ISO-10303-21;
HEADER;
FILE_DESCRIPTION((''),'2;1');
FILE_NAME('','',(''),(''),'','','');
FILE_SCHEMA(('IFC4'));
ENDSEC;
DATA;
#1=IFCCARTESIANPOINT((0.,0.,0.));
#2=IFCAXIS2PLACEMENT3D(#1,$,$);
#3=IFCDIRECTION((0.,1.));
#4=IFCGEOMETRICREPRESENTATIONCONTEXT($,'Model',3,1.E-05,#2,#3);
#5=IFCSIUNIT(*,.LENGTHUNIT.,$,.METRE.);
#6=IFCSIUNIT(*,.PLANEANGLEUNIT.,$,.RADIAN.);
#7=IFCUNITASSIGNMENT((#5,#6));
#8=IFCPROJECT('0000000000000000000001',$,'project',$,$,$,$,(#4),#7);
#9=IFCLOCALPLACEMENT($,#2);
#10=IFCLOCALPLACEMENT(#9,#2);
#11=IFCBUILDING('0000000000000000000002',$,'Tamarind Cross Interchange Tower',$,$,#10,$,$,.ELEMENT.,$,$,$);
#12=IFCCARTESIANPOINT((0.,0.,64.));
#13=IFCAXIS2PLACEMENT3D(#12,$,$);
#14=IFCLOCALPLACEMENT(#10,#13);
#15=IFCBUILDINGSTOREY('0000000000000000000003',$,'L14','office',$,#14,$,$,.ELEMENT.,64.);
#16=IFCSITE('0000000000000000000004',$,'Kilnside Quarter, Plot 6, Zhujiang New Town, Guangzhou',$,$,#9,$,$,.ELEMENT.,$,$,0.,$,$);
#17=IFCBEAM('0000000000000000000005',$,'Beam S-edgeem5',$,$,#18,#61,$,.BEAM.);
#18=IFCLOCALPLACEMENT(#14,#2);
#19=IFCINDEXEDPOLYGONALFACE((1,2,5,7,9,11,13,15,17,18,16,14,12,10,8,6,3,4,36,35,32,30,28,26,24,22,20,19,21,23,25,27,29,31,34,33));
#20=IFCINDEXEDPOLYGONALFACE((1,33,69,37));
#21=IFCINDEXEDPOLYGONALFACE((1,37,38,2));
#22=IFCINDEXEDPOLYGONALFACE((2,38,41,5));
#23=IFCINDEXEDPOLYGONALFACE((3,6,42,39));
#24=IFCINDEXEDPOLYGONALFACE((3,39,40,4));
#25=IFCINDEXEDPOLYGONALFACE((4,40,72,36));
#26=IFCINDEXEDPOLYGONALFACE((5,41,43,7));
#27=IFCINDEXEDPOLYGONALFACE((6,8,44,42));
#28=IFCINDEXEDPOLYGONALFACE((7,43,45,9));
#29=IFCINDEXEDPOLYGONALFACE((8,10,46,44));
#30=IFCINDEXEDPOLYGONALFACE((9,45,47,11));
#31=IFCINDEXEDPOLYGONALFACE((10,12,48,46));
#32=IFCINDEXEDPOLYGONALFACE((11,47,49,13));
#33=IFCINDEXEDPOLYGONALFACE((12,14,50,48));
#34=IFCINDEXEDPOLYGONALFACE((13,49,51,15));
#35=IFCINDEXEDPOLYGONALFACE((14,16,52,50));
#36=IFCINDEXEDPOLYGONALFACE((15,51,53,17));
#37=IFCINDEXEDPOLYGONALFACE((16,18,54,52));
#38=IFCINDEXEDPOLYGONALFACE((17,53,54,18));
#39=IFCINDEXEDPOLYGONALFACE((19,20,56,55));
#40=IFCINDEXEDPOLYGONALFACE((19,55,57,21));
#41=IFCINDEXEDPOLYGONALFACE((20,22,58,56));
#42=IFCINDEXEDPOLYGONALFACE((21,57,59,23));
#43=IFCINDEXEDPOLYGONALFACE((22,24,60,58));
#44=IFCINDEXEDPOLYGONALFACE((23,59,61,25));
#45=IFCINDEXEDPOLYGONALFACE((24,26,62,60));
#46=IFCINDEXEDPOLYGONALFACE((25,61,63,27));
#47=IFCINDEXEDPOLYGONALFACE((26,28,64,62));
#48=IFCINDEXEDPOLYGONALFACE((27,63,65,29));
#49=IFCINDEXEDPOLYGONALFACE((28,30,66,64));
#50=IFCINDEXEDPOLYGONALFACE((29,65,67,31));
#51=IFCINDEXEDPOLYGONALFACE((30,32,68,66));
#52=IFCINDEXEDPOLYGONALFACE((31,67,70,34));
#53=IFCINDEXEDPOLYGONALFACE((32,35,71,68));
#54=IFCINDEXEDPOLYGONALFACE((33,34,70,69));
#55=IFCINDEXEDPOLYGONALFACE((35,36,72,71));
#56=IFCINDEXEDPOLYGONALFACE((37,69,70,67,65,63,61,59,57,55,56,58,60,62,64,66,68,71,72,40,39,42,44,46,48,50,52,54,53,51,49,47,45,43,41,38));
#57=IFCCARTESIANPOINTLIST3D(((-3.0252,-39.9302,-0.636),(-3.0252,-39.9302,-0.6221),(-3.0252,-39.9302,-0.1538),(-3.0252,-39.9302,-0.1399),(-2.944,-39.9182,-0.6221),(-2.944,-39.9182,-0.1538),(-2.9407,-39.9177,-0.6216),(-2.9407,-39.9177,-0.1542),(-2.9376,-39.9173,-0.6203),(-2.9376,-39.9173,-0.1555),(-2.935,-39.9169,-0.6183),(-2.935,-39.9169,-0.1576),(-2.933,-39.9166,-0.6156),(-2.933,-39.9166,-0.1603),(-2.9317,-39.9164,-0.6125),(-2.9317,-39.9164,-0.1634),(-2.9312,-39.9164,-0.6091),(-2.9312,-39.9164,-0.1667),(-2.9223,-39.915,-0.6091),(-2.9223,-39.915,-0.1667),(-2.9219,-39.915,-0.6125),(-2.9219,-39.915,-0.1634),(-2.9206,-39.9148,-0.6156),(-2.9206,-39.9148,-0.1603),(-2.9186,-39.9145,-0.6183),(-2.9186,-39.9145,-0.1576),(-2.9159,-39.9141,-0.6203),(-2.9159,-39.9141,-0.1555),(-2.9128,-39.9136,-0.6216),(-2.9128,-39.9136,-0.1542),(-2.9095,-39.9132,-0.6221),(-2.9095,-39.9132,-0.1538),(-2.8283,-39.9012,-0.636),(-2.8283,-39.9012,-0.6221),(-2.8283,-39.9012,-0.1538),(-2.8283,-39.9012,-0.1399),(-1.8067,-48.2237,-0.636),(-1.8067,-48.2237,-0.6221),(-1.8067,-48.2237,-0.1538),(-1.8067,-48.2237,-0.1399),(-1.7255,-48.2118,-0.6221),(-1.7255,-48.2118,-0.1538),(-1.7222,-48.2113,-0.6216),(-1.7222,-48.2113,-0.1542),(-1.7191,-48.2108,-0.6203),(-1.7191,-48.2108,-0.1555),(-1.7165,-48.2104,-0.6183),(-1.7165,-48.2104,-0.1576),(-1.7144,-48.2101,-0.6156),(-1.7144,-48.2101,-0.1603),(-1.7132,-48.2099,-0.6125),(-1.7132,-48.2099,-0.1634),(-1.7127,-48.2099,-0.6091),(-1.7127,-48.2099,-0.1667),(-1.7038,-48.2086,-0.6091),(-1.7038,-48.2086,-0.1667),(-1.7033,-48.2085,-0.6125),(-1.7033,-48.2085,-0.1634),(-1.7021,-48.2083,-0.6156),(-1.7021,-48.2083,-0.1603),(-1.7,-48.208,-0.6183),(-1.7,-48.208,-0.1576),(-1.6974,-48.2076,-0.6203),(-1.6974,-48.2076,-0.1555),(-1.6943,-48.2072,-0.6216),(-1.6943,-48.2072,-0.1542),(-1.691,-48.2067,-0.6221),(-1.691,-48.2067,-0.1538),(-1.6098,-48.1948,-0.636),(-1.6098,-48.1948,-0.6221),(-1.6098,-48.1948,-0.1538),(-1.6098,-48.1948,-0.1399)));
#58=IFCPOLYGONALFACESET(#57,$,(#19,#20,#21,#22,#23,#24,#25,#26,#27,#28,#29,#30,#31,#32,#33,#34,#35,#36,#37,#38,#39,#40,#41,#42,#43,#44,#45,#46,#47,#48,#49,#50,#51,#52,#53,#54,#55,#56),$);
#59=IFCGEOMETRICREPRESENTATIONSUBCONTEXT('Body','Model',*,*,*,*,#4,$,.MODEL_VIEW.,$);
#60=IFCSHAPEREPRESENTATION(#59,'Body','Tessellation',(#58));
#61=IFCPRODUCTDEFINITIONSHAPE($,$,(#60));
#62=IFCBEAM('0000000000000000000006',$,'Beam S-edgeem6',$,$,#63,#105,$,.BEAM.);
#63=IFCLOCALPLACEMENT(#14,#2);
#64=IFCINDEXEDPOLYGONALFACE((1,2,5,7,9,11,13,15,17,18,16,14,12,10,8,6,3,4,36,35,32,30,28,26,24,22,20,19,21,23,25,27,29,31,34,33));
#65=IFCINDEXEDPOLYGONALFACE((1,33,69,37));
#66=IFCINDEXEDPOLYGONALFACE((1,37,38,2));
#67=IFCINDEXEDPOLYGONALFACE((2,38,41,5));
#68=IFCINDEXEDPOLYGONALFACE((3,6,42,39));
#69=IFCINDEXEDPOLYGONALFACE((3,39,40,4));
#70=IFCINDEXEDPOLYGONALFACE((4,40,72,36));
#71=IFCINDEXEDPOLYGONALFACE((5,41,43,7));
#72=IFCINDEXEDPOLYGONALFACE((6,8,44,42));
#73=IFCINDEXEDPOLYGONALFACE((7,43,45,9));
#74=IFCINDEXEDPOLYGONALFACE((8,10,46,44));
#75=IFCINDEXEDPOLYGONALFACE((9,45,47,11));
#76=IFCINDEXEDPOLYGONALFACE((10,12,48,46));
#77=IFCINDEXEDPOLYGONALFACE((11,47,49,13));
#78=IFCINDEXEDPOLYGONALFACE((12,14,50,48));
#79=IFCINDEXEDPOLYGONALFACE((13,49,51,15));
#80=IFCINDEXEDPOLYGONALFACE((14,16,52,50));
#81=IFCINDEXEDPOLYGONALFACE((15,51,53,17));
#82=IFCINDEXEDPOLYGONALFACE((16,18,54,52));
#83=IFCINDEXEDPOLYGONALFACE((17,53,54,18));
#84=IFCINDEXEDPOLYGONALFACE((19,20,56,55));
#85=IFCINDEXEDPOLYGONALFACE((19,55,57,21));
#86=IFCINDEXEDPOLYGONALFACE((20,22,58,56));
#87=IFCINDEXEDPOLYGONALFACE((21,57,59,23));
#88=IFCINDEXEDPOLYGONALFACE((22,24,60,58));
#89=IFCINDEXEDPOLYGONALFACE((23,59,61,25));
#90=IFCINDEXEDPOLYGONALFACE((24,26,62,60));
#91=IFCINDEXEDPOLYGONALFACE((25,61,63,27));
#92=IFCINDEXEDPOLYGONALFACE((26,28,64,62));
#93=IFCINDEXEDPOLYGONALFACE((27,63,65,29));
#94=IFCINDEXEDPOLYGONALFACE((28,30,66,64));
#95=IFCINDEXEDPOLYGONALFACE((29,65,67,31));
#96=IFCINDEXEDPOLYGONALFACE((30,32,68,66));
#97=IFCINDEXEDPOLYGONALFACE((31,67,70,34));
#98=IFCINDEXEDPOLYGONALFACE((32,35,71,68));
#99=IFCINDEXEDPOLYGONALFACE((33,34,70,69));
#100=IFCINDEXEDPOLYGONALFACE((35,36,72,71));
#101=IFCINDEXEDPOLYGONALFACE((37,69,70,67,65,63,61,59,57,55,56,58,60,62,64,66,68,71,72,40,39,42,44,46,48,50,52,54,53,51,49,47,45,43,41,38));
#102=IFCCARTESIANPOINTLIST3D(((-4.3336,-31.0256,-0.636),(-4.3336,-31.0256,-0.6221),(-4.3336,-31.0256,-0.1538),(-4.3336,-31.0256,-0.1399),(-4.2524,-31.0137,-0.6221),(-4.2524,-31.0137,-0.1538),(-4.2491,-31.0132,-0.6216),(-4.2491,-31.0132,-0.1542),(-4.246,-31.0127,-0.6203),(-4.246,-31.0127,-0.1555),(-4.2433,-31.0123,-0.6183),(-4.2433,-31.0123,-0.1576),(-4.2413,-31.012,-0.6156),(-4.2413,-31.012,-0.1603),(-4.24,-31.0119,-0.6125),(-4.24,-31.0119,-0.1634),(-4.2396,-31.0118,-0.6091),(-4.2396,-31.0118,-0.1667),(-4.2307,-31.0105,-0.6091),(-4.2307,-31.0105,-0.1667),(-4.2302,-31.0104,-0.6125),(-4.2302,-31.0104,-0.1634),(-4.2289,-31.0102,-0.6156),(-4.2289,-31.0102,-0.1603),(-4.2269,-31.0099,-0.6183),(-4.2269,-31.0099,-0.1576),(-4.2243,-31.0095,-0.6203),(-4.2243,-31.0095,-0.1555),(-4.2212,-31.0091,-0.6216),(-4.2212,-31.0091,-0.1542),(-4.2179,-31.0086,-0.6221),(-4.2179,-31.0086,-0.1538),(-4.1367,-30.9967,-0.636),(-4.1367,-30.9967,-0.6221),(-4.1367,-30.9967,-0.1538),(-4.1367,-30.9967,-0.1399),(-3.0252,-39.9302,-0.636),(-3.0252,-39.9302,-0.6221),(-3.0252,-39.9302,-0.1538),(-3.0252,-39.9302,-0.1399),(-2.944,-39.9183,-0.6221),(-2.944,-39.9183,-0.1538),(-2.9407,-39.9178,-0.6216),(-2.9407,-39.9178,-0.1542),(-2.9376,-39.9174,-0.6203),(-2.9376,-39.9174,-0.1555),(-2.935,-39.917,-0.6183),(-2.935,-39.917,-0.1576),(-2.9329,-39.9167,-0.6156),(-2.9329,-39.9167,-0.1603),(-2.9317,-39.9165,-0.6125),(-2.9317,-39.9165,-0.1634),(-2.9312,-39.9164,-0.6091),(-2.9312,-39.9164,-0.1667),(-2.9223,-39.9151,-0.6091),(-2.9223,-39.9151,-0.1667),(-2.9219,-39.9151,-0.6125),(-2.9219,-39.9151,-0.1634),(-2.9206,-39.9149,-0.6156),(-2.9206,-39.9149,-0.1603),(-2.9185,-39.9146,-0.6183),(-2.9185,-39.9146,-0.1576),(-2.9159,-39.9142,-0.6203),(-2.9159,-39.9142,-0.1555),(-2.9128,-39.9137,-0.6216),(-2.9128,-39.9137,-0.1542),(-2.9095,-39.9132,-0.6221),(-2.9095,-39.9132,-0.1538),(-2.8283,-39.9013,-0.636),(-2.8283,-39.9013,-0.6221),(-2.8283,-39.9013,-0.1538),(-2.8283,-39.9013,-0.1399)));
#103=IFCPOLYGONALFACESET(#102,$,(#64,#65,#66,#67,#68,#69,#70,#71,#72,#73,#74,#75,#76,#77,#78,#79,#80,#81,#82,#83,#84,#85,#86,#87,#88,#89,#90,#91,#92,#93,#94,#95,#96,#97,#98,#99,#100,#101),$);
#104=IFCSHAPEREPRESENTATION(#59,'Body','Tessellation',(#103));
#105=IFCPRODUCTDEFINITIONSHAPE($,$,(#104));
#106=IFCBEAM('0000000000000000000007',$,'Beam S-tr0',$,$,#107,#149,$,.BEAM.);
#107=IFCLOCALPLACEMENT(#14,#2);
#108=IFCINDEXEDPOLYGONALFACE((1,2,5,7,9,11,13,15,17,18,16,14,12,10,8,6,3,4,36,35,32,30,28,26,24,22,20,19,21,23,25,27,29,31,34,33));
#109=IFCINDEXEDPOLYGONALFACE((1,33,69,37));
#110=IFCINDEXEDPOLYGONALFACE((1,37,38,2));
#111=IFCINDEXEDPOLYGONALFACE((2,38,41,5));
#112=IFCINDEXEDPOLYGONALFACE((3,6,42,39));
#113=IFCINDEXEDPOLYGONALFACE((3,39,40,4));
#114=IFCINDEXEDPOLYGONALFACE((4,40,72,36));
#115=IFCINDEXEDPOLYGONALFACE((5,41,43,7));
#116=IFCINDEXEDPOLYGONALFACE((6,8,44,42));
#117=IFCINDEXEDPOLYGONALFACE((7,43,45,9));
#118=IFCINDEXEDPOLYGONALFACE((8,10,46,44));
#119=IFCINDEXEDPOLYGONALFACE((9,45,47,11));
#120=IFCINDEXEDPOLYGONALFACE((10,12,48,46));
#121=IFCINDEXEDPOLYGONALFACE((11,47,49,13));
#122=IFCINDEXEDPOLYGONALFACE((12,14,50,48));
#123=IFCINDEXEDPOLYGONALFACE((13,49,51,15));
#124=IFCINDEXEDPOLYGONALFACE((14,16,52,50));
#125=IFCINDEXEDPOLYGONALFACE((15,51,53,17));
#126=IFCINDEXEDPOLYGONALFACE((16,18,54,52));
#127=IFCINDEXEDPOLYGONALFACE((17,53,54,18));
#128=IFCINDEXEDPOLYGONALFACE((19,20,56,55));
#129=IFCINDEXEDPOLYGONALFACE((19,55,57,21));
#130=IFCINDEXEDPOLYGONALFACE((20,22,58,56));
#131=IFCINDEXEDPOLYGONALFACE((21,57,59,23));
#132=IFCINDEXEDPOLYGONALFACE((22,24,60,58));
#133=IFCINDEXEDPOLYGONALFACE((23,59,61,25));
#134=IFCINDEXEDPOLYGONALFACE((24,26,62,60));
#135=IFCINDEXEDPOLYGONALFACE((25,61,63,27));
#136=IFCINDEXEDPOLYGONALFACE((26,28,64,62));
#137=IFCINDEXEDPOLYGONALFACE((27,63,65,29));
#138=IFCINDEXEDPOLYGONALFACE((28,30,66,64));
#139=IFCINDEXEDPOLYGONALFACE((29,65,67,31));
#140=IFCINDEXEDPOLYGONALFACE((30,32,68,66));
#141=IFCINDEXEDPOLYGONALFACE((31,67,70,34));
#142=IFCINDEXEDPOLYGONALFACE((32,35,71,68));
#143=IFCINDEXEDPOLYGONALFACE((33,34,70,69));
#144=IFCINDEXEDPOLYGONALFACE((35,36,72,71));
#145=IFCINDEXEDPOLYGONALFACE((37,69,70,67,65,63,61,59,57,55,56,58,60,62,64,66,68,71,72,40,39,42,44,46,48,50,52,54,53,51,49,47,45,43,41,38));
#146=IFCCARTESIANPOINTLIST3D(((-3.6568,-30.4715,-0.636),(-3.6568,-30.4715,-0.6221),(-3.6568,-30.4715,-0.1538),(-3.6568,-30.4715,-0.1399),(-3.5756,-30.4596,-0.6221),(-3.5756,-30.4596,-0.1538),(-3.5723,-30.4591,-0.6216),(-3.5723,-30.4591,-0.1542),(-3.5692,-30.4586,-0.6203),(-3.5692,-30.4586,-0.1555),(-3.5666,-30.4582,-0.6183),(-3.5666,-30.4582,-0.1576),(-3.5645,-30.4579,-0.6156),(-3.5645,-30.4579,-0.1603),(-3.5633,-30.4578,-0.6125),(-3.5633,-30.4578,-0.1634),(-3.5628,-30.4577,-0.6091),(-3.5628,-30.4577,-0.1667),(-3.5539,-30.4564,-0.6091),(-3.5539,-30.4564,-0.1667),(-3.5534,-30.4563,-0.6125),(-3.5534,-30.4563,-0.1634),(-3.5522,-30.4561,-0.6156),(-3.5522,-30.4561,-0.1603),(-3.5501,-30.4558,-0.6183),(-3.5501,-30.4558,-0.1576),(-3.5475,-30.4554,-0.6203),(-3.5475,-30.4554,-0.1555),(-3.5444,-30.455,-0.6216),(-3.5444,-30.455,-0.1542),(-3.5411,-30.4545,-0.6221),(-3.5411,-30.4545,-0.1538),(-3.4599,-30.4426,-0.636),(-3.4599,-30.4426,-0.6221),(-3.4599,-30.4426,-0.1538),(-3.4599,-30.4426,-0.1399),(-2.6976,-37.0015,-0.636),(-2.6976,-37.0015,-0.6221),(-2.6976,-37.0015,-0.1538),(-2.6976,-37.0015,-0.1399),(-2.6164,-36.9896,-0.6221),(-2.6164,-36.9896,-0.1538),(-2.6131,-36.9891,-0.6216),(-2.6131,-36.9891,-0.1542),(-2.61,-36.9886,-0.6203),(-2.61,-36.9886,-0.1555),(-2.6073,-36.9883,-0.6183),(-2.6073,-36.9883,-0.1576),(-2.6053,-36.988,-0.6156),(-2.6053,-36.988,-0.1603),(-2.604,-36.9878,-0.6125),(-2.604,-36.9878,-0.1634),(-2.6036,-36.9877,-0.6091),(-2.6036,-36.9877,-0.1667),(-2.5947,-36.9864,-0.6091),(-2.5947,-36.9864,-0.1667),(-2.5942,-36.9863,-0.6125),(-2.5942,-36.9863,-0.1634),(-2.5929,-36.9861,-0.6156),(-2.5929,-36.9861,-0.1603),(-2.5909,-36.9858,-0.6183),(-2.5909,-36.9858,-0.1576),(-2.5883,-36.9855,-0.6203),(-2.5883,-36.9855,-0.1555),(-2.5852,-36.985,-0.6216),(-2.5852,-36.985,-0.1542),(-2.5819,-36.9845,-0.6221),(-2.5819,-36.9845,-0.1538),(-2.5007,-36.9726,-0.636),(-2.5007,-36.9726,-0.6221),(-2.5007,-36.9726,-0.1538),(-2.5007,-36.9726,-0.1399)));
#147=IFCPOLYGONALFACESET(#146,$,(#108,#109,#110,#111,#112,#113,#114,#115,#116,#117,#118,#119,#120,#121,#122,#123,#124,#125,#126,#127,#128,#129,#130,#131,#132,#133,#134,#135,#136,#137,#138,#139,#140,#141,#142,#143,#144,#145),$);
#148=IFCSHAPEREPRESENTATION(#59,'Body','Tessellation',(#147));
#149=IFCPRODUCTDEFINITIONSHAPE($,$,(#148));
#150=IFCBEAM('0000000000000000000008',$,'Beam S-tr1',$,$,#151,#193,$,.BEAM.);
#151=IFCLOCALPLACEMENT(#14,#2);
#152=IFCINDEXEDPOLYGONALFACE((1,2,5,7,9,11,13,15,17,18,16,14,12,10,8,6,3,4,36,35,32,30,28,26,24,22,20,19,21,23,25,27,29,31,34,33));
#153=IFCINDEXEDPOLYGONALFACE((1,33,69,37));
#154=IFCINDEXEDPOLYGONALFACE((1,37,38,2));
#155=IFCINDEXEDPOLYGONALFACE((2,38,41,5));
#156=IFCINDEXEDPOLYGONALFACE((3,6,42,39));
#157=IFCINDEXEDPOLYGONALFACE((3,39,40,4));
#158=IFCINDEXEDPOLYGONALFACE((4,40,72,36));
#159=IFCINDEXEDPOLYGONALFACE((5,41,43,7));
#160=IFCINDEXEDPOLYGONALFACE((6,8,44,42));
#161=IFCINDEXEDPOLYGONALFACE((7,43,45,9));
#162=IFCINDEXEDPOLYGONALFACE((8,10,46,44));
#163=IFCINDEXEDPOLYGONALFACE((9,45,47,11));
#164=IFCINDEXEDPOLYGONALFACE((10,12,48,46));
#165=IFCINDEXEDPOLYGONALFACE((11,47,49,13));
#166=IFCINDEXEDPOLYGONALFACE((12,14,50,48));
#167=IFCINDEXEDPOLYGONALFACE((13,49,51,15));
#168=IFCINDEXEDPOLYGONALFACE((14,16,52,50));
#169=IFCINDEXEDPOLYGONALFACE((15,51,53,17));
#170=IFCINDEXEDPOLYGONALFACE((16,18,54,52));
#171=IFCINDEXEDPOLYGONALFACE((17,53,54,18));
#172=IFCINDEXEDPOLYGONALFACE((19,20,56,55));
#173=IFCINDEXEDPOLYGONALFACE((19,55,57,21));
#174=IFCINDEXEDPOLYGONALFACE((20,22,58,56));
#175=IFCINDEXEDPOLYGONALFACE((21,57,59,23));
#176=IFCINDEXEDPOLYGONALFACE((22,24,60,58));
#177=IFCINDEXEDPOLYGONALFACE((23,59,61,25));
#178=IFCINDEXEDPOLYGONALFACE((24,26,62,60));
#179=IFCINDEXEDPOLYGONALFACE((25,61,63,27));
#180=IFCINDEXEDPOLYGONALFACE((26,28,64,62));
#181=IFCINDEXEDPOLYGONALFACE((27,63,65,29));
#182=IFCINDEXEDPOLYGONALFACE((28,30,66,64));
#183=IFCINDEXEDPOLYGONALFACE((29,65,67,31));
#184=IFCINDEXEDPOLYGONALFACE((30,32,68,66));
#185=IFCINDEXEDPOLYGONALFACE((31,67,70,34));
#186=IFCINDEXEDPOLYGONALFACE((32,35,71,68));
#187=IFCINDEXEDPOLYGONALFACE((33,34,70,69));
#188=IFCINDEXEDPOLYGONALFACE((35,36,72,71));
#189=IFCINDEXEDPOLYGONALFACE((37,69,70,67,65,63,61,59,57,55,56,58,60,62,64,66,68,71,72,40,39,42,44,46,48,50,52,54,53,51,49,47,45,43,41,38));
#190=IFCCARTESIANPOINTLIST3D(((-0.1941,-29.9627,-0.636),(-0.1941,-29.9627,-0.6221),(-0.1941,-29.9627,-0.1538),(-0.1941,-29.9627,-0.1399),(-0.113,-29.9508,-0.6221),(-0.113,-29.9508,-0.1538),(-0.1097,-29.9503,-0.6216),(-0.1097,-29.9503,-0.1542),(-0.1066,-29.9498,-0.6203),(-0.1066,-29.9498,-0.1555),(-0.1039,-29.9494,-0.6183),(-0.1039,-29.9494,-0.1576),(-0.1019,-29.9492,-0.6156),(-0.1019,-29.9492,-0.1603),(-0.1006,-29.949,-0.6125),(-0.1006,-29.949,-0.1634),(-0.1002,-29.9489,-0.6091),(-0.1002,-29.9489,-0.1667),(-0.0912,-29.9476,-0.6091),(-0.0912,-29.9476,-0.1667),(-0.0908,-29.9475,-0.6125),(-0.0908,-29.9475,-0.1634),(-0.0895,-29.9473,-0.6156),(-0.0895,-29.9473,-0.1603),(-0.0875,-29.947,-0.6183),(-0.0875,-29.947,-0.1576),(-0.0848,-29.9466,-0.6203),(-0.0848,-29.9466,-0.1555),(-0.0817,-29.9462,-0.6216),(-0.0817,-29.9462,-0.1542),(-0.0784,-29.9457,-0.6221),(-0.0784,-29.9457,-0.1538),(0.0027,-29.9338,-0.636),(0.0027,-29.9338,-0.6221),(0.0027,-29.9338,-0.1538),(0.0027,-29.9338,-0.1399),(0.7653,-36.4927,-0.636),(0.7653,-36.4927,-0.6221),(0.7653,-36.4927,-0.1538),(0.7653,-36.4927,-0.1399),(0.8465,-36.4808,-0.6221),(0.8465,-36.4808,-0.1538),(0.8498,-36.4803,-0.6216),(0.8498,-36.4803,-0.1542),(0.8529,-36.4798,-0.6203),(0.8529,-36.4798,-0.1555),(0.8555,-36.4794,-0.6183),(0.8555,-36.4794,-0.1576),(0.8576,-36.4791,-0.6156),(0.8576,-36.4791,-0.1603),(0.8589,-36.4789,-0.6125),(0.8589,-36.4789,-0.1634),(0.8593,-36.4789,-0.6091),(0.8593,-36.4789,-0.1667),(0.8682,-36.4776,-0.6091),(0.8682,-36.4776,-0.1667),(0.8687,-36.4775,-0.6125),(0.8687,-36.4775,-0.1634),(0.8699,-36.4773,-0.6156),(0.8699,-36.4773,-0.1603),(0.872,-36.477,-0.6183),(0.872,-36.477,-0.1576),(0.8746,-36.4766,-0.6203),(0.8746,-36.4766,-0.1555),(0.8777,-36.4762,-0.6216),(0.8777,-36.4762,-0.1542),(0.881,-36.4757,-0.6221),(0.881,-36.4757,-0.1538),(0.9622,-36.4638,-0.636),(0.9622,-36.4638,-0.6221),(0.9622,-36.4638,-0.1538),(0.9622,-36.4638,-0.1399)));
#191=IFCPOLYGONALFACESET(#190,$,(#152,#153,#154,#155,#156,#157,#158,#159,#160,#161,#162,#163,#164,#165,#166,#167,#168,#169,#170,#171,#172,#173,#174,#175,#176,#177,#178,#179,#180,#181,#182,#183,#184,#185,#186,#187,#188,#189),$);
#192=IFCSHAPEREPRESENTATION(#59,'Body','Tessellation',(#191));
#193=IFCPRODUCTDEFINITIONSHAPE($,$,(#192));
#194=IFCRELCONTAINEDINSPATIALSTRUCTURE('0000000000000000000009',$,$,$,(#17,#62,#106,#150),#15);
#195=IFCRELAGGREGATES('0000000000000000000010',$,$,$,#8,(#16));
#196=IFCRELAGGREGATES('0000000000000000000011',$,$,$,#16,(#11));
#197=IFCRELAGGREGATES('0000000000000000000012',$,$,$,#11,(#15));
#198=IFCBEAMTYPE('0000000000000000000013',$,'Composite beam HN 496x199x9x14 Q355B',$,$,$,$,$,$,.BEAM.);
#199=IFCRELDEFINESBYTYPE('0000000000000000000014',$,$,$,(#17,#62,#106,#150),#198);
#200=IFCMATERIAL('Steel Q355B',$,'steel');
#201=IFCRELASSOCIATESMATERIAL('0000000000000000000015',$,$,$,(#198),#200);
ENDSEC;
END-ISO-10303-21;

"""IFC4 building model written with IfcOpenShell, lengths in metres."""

from ifc_helpers import new_model, si_unit, direction, frame, origin, origin_2d, place, context, subcontext, project, spatial, i_section, extrude, material, material_profile, profile_set, type_object, element, save


model = new_model("IFC4")

# Units and contexts
model_context = context("Model", 3, precision=1e-05, world=origin(), true_north=direction((0.0, 1.0)))
body_context = subcontext(model_context, "Body", "Model", "MODEL_VIEW")
ifc_project = project(units=[si_unit("LENGTHUNIT", "METRE"), si_unit("PLANEANGLEUNIT", "RADIAN")], contexts=[model_context])

# Site, building, storey
site_placement = place(None, origin())
site = spatial("IfcSite", under=ifc_project, at=site_placement, Name="Kilnside Quarter, Plot 6, Zhujiang New Town, Guangzhou", CompositionType="ELEMENT", RefElevation=0.0)
building_placement = place(site_placement, origin())
building = spatial("IfcBuilding", under=site, at=building_placement, Name="Tamarind Cross Interchange Tower", CompositionType="ELEMENT")
storey_placement = place(building_placement, frame((0.0, 0.0, 64.0)))
storey = spatial("IfcBuildingStorey", under=building, at=storey_placement, Name="L14", Description="office", CompositionType="ELEMENT", Elevation=64.0)

# Beams
ifc_material_1 = material(Name="Steel Q355B", Category="steel")
ifc_material_profile_1 = material_profile(ifc_material_1, i_section(OverallWidth=0.199, OverallDepth=0.4961, WebThickness=0.009, FlangeThickness=0.0139, FilletRadius=0.0129, at=origin_2d()), Name="HN 496x199x9x14")
ifc_profile_set_1 = profile_set([ifc_material_profile_1], Name="Steel Q355B")
beam_type_1 = type_object("IfcBeamType", Name="Composite beam HN 496x199x9x14 Q355B", PredefinedType="BEAM", material=ifc_profile_set_1)
beam_1_placement = place(storey_placement, frame((-1.7083, -48.2092, -0.3879), z_axis=(-0.145363, 0.989378, 0.0), x_axis=(-0.989378, -0.145363, 0.0)))
element("IfcBeam", 1, at=beam_1_placement, inside=storey, type_object=beam_type_1, Name="Beam S-edgeem5", PredefinedType="BEAM", context=body_context, shape_type="SweptSolid", body=[
    extrude(i_section(OverallWidth=0.199, OverallDepth=0.4961, WebThickness=0.009, FlangeThickness=0.0139, FilletRadius=0.0129, at=origin_2d()), origin(), (0.0, 0.0, 1.0), 8.3826),
])
beam_2_placement = place(storey_placement, frame((-2.9268, -39.9158, -0.3879), z_axis=(-0.14537, 0.989377, 0.0), x_axis=(-0.989377, -0.14537, 0.0)))
element("IfcBeam", 2, at=beam_2_placement, inside=storey, type_object=beam_type_1, Name="Beam S-edgeem6", PredefinedType="BEAM", context=body_context, shape_type="SweptSolid", body=[
    extrude(i_section(OverallWidth=0.199, OverallDepth=0.4961, WebThickness=0.009, FlangeThickness=0.0139, FilletRadius=0.0129, at=origin_2d()), origin(), (0.0, 0.0, 1.0), 9.0002),
])
for number, where, z_axis, x_axis, name in (
    (3, (-3.5583, -30.457, -0.3879), (0.145335, -0.989382, 0.0), (0.989382, 0.145335, 0.0), "Beam S-tr0"),
    (4, (-0.0957, -29.9482, -0.3879), (0.145372, -0.989377, 0.0), (0.989377, 0.145372, 0.0), "Beam S-tr1"),
):
    element("IfcBeam", number, at=place(storey_placement, frame(where, z_axis=z_axis, x_axis=x_axis)), inside=storey, type_object=beam_type_1, Name=name, PredefinedType="BEAM", context=body_context, shape_type="SweptSolid", body=[
        extrude(i_section(OverallWidth=0.199, OverallDepth=0.4961, WebThickness=0.009, FlangeThickness=0.0139, FilletRadius=0.0129, at=origin_2d()), origin(), (0.0, 0.0, 1.0), 6.6001),
    ])

save(model, "model.ifc")
